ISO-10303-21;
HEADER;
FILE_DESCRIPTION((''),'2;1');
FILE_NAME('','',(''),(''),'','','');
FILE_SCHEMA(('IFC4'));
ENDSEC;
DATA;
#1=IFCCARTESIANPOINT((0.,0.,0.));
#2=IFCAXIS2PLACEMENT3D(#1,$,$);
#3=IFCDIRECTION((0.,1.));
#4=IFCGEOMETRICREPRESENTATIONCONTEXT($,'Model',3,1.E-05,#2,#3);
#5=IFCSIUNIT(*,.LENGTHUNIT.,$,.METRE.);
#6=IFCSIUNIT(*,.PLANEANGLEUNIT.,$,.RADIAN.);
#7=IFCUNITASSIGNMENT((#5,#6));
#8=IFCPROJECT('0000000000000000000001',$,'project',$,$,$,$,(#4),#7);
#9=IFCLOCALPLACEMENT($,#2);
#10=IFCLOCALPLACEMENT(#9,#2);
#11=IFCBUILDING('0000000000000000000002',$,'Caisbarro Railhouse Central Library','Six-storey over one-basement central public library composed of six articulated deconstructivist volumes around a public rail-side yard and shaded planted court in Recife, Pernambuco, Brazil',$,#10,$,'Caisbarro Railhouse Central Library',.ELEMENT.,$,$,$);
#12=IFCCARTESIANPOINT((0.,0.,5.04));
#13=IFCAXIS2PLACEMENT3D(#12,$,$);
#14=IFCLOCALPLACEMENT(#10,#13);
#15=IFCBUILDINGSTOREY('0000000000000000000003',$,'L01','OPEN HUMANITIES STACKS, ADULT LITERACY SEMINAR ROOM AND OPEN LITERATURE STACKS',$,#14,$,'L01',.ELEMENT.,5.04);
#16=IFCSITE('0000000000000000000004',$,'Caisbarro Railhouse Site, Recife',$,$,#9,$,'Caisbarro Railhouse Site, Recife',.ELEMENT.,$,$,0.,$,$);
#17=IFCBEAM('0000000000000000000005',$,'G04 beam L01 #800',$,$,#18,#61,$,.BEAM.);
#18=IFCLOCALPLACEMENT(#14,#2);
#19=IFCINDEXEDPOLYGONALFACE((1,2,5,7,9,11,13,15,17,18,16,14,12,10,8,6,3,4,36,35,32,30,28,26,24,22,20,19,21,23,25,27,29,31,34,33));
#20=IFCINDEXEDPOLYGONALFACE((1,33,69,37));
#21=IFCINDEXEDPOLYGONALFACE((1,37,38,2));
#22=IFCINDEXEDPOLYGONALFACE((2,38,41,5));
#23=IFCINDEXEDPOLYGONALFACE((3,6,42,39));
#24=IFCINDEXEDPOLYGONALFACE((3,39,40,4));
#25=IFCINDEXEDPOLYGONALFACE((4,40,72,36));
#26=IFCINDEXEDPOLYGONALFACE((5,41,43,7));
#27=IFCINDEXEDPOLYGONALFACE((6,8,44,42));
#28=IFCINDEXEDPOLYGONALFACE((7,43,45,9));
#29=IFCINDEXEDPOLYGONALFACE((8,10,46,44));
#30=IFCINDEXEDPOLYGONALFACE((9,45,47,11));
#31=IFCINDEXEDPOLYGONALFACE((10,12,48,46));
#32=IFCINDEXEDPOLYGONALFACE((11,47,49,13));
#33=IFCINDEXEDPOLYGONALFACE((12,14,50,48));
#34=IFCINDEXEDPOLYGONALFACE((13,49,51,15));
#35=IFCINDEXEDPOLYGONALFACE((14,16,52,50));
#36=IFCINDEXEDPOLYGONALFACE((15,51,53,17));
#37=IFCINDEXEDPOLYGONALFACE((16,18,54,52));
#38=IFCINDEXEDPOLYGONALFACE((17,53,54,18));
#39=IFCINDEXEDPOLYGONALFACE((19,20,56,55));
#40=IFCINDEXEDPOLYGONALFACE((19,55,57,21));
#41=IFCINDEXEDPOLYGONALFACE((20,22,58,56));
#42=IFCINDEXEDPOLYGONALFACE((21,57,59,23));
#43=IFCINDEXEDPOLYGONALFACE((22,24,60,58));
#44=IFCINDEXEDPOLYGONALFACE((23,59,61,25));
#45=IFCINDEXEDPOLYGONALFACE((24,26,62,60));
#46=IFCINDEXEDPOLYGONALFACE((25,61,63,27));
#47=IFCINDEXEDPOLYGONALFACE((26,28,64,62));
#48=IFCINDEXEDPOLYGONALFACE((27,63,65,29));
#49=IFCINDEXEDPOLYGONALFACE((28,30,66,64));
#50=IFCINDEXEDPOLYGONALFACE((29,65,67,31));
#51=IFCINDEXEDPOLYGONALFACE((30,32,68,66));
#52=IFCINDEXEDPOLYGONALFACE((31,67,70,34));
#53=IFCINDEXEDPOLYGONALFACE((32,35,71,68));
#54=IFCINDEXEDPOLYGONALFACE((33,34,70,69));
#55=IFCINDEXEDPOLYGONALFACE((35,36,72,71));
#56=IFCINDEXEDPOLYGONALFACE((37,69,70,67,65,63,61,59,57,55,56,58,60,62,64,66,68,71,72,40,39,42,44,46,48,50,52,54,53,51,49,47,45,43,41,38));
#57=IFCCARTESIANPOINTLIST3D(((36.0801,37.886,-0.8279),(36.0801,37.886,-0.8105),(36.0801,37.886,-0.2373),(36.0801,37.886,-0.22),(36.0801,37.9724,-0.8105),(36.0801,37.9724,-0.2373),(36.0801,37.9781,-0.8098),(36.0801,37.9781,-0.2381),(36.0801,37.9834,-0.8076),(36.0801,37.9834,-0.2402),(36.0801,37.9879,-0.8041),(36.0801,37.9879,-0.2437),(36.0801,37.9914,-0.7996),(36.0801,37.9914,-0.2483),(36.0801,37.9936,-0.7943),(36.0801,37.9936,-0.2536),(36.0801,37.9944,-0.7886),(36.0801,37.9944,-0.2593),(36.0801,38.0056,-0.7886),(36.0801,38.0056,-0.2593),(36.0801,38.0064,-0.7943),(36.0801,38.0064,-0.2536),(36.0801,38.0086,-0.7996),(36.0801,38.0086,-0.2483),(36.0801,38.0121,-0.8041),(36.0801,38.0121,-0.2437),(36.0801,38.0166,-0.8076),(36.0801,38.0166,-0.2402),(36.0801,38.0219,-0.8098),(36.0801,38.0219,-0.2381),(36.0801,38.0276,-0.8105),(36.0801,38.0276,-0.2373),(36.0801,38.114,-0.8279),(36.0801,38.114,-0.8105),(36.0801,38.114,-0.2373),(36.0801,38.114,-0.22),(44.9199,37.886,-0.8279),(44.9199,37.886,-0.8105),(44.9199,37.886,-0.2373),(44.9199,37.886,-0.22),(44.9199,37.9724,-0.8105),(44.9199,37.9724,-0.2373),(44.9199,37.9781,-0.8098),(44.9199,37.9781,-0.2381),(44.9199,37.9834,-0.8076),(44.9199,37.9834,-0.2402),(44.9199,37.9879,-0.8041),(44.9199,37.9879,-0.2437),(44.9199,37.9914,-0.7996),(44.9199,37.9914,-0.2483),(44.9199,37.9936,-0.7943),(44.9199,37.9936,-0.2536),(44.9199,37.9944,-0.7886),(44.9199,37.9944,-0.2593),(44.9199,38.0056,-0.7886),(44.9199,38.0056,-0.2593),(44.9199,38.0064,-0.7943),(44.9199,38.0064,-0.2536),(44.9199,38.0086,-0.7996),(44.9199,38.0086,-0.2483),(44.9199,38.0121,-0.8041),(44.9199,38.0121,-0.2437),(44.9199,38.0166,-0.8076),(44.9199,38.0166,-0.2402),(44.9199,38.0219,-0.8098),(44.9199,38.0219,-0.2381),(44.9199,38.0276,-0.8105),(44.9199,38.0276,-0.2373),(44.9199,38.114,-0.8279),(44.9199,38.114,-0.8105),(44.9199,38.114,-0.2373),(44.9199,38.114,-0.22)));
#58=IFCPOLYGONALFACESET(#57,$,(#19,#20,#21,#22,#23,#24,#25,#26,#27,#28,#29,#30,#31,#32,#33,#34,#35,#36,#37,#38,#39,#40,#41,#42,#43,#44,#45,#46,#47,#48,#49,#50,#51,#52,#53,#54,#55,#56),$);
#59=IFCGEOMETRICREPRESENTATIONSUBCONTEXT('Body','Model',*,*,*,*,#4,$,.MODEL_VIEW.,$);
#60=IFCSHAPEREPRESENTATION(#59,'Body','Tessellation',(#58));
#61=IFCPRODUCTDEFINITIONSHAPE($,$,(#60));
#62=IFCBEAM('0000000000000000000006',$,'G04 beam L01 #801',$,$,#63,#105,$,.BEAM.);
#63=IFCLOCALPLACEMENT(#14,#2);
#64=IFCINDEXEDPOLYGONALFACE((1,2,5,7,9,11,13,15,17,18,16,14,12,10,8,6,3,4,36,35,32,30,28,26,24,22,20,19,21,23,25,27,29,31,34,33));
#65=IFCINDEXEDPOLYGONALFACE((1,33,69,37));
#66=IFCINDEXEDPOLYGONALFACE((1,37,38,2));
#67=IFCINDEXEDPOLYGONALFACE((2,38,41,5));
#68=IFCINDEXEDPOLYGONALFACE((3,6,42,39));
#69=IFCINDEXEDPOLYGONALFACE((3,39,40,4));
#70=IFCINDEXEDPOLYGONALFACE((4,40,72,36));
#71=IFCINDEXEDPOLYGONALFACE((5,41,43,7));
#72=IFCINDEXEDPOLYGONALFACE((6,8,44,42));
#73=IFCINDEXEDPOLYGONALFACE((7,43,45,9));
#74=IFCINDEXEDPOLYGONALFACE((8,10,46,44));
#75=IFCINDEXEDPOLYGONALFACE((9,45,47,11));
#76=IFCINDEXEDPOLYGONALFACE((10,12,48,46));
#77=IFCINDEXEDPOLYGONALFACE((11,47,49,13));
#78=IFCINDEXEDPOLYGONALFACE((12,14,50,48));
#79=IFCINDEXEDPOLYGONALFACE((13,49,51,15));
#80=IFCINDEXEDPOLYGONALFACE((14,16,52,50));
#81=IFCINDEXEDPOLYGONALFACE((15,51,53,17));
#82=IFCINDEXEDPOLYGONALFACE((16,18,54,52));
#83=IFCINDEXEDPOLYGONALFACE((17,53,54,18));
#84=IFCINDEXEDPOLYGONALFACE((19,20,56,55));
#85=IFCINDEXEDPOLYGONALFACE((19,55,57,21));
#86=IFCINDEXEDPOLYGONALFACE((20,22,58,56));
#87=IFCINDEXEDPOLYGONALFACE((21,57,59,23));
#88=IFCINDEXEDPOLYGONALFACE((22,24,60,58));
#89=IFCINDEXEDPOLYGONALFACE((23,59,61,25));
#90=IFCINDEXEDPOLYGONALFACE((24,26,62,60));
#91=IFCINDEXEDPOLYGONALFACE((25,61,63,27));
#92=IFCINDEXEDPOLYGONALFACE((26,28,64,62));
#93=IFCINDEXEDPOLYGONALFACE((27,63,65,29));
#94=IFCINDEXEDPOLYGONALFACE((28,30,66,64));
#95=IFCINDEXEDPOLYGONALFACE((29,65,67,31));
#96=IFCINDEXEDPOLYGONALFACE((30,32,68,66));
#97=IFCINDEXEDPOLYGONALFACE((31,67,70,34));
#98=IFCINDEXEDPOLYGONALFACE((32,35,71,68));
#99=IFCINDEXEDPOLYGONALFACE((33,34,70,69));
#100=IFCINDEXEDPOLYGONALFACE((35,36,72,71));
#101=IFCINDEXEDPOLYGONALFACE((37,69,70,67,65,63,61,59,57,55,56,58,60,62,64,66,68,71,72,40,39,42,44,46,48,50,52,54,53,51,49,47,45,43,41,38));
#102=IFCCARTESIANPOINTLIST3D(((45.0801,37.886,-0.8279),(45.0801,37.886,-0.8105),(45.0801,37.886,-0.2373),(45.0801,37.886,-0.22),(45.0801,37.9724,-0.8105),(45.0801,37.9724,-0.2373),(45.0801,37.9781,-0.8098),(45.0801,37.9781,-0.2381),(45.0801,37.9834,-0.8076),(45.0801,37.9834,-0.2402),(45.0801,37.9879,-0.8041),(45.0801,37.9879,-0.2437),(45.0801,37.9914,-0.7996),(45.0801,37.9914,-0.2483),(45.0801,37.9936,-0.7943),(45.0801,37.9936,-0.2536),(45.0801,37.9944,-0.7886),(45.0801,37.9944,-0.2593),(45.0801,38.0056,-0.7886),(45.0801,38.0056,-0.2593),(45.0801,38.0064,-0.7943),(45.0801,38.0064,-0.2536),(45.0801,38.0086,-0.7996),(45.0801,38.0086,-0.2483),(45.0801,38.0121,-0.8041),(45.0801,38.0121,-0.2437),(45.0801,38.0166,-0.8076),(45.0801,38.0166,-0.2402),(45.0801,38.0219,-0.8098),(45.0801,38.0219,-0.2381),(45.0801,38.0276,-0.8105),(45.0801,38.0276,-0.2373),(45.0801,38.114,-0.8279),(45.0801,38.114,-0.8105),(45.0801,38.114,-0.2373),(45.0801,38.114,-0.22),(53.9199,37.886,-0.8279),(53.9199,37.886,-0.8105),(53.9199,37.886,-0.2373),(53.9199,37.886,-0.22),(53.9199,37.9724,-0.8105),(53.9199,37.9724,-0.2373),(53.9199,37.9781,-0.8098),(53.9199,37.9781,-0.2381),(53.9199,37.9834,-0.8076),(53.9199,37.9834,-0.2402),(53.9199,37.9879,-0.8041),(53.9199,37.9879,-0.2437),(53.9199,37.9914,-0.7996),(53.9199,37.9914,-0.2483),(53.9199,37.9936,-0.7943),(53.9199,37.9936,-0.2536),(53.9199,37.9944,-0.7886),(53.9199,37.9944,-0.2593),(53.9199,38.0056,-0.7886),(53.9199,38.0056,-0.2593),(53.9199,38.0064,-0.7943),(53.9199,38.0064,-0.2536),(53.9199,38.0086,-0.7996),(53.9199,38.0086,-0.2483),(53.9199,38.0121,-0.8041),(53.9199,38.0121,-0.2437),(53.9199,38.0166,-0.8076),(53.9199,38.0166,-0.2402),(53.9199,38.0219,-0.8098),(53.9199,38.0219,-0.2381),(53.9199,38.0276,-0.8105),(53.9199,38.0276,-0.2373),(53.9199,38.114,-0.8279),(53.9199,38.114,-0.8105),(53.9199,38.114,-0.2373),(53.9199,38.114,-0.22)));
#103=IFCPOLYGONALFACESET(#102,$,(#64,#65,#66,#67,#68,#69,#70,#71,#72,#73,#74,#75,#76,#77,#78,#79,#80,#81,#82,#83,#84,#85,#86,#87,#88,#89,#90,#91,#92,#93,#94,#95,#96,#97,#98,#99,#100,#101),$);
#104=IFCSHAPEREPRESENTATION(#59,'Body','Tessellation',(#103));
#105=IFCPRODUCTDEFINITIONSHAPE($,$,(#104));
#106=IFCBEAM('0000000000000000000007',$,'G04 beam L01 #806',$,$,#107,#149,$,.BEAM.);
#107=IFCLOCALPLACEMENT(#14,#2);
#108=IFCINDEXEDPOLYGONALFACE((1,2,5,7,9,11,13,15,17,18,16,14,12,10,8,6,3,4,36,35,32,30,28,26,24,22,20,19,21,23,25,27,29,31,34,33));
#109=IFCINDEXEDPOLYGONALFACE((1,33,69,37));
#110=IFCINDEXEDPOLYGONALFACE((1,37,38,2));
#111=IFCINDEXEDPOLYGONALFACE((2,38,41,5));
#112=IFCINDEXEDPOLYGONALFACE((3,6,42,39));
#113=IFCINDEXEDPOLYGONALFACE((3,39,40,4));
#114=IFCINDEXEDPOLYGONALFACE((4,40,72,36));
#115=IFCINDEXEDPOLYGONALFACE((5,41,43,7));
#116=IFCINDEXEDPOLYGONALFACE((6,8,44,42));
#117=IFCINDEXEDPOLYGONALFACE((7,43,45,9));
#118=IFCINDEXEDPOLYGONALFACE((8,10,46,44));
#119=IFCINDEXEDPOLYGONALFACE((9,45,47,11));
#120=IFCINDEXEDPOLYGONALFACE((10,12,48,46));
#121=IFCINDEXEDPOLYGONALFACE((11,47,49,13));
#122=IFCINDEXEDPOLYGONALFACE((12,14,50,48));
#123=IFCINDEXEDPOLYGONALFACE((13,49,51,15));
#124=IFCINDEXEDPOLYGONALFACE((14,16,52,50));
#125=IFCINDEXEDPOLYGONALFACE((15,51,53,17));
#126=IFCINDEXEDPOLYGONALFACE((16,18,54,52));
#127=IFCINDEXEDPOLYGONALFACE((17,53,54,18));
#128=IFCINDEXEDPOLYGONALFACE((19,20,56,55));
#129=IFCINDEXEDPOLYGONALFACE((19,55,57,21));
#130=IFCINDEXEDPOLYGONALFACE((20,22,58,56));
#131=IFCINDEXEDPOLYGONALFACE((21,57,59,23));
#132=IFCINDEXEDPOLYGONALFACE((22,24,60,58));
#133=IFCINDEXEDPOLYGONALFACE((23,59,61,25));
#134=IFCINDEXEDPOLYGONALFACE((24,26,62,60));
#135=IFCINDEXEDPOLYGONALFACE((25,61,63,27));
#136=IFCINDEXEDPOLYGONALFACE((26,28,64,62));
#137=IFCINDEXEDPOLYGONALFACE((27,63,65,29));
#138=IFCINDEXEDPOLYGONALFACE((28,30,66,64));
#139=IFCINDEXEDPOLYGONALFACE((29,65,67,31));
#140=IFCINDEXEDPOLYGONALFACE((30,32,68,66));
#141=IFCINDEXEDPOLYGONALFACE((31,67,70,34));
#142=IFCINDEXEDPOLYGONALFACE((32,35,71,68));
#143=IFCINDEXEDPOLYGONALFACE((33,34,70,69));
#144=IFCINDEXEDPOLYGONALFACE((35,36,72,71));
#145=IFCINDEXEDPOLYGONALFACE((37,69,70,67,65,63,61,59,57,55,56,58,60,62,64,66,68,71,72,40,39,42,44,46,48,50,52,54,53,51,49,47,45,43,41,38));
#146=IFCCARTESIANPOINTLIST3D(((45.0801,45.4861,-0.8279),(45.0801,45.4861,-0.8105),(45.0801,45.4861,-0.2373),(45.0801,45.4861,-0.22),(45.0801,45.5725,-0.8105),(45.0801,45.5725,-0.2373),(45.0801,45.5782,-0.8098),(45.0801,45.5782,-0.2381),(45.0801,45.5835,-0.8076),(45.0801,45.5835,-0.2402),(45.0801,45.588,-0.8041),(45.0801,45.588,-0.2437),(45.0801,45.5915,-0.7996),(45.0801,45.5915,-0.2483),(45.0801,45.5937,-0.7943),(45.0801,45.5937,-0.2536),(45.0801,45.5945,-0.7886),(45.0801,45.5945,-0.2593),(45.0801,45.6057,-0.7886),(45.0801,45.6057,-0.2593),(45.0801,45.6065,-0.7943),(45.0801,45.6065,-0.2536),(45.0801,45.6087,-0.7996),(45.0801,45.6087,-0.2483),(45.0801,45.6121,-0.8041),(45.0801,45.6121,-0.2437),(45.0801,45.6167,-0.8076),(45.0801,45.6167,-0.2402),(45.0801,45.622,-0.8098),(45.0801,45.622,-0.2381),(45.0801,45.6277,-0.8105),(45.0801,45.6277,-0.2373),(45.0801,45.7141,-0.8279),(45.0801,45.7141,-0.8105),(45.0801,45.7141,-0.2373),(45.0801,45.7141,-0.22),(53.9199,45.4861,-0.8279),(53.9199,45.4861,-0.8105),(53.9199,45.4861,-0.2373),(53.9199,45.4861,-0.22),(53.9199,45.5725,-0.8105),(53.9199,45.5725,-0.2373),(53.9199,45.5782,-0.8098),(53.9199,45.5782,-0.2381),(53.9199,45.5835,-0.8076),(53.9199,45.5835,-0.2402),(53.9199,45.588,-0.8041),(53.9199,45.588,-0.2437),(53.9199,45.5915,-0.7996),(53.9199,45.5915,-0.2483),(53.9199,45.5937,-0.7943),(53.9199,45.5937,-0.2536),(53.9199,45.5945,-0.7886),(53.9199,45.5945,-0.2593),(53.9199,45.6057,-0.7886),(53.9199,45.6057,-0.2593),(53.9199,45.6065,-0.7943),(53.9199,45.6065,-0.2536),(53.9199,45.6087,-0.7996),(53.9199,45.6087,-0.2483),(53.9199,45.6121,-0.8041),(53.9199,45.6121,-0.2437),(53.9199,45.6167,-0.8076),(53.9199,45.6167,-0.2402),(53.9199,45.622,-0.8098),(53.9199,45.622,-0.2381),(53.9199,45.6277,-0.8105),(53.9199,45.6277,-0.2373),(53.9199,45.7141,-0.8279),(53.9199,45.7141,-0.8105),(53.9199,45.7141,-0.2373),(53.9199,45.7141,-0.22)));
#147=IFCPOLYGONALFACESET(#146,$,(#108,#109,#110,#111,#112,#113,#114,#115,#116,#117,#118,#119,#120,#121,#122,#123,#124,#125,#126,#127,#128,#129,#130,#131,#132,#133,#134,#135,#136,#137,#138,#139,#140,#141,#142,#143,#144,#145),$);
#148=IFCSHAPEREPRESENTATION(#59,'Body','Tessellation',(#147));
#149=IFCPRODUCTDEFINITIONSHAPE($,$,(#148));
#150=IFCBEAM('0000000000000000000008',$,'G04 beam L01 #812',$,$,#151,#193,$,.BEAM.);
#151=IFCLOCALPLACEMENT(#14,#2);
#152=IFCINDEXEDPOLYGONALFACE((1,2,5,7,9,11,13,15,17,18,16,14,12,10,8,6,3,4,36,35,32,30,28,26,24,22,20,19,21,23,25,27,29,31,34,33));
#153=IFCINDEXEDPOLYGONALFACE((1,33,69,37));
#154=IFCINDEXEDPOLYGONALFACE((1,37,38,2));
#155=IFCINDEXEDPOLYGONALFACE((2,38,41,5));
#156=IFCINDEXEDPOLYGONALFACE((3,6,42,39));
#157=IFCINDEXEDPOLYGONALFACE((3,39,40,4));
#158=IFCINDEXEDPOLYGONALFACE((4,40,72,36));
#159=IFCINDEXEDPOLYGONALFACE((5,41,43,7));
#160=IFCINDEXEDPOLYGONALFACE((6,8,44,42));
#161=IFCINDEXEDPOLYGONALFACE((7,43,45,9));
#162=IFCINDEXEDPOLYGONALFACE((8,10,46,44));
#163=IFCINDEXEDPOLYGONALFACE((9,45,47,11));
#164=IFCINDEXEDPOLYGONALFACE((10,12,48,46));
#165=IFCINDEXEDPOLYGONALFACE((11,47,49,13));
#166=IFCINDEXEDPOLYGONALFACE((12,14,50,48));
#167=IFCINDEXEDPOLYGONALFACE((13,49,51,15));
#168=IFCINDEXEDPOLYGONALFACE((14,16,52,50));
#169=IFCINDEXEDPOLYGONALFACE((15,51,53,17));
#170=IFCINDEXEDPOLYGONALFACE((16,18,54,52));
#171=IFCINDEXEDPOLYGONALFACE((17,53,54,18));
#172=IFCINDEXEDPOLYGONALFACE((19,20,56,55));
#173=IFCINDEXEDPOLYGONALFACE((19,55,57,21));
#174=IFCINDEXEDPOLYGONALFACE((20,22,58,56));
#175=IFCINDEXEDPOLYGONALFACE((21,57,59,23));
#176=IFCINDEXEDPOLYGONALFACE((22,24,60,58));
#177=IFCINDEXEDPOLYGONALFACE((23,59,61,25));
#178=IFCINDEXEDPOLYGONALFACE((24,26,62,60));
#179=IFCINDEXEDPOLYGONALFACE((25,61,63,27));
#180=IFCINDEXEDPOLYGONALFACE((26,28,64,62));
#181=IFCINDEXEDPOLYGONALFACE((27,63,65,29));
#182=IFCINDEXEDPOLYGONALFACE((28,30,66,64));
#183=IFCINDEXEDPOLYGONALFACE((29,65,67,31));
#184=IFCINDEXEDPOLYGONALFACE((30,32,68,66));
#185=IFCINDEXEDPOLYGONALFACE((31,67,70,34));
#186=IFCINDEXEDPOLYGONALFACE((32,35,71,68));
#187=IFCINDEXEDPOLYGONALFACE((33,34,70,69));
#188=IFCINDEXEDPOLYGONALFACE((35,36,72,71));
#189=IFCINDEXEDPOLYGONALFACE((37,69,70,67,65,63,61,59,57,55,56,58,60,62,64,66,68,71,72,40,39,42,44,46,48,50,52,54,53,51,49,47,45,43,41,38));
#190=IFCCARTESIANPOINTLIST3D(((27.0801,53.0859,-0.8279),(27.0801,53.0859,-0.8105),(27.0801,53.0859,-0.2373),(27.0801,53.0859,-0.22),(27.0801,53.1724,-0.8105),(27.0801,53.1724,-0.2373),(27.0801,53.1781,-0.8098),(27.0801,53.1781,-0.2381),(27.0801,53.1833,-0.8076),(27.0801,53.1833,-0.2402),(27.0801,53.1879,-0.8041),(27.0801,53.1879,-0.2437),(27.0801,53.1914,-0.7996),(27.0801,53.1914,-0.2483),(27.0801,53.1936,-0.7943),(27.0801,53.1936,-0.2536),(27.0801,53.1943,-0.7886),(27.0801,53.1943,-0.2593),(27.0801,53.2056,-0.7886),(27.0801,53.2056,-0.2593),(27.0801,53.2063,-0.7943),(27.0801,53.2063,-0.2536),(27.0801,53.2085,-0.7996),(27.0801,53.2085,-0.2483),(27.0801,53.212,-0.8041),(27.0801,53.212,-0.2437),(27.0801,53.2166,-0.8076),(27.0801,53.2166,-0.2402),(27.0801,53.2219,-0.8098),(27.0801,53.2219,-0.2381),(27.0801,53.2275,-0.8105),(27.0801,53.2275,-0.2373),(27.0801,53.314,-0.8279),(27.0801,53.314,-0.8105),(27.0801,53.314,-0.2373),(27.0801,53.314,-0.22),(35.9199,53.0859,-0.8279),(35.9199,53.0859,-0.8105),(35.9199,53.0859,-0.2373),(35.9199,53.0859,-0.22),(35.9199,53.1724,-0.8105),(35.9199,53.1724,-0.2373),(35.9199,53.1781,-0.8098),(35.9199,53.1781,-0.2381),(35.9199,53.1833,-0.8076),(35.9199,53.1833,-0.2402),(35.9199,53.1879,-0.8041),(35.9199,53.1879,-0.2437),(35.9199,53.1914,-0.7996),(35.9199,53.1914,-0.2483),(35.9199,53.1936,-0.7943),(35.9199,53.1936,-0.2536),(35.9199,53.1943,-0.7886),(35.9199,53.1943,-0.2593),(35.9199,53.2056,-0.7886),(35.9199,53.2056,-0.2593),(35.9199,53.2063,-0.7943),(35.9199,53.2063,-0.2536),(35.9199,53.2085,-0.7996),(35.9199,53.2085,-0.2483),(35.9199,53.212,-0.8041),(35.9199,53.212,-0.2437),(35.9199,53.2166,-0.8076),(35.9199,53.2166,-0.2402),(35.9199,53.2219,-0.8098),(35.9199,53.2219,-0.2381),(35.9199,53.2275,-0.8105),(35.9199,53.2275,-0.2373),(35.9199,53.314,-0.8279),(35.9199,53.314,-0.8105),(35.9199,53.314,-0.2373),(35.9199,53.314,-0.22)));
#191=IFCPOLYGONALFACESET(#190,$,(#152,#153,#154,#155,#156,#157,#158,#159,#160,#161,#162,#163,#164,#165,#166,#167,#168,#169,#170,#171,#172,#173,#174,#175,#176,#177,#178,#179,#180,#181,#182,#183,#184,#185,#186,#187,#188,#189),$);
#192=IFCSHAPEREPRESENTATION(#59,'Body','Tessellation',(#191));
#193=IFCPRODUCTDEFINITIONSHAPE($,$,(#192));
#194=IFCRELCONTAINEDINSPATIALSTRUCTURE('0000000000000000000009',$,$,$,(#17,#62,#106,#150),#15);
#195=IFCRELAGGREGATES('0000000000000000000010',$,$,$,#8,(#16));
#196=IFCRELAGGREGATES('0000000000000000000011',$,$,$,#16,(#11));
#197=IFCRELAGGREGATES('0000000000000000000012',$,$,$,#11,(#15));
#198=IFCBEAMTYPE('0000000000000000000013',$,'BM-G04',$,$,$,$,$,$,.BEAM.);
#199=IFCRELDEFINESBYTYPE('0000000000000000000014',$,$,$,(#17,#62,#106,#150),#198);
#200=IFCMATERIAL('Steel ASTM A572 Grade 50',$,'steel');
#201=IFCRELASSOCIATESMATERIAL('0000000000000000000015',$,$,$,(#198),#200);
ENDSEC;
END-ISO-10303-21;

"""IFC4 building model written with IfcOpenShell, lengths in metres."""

from ifc_helpers import new_model, si_unit, direction, frame, origin, origin_2d, place, context, subcontext, project, spatial, i_section, extrude, material, material_profile, profile_set, type_object, element, save


model = new_model("IFC4")

# Units and contexts
model_context = context("Model", 3, precision=1e-05, world=origin(), true_north=direction((0.0, 1.0)))
body_context = subcontext(model_context, "Body", "Model", "MODEL_VIEW")
ifc_project = project(units=[si_unit("LENGTHUNIT", "METRE"), si_unit("PLANEANGLEUNIT", "RADIAN")], contexts=[model_context])

# Site, building, storey
site_placement = place(None, origin())
site = spatial("IfcSite", under=ifc_project, at=site_placement, Name="Caisbarro Railhouse Site, Recife", LongName="Caisbarro Railhouse Site, Recife", CompositionType="ELEMENT", RefElevation=0.0)
building_placement = place(site_placement, origin())
building = spatial("IfcBuilding", under=site, at=building_placement, Name="Caisbarro Railhouse Central Library", Description="Six-storey over one-basement central public library composed of six articulated deconstructivist volumes around a public rail-side yard and shaded planted court in Recife, Pernambuco, Brazil", LongName="Caisbarro Railhouse Central Library", CompositionType="ELEMENT")
storey_placement = place(building_placement, frame((0.0, 0.0, 5.04)))
storey = spatial("IfcBuildingStorey", under=building, at=storey_placement, Name="L01", Description="OPEN HUMANITIES STACKS, ADULT LITERACY SEMINAR ROOM AND OPEN LITERATURE STACKS", LongName="L01", CompositionType="ELEMENT", Elevation=5.04)

# Shared definitions
ifc_material = material(Name="Steel ASTM A572 Grade 50", Category="steel")

# Beams
ifc_material_profile_1 = material_profile(ifc_material, i_section(OverallWidth=0.228, OverallDepth=0.6079, WebThickness=0.0112, FlangeThickness=0.0173, FilletRadius=0.022, at=origin_2d()), Name="W610X113.0")
ifc_profile_set_1 = profile_set([ifc_material_profile_1], Name="Steel ASTM A572 Grade 50")
beam_type_1 = type_object("IfcBeamType", Name="BM-G04", PredefinedType="BEAM", material=ifc_profile_set_1)
for number, where, z_axis, x_axis, name in (
    (1, (36.0801, 38.0, -0.5239), (1.0, 0.0, 0.0), (0.0, 1.0, 0.0), "G04 beam L01 #800"),
    (2, (45.0801, 38.0, -0.5239), (1.0, 0.0, 0.0), (0.0, 1.0, 0.0), "G04 beam L01 #801"),
    (3, (45.0801, 45.6001, -0.5239), (1.0, 0.0, 0.0), (0.0, 1.0, 0.0), "G04 beam L01 #806"),
    (4, (27.0801, 53.2, -0.5239), (1.0, 0.0, 0.0), (0.0, 1.0, 0.0), "G04 beam L01 #812"),
):
    element("IfcBeam", number, at=place(storey_placement, frame(where, z_axis=z_axis, x_axis=x_axis)), inside=storey, type_object=beam_type_1, Name=name, PredefinedType="BEAM", context=body_context, shape_type="SweptSolid", body=[
        extrude(i_section(OverallWidth=0.228, OverallDepth=0.6079, WebThickness=0.0112, FlangeThickness=0.0173, FilletRadius=0.022, at=origin_2d()), origin(), (0.0, 0.0, 1.0), 8.8398),
    ])

save(model, "model.ifc")
